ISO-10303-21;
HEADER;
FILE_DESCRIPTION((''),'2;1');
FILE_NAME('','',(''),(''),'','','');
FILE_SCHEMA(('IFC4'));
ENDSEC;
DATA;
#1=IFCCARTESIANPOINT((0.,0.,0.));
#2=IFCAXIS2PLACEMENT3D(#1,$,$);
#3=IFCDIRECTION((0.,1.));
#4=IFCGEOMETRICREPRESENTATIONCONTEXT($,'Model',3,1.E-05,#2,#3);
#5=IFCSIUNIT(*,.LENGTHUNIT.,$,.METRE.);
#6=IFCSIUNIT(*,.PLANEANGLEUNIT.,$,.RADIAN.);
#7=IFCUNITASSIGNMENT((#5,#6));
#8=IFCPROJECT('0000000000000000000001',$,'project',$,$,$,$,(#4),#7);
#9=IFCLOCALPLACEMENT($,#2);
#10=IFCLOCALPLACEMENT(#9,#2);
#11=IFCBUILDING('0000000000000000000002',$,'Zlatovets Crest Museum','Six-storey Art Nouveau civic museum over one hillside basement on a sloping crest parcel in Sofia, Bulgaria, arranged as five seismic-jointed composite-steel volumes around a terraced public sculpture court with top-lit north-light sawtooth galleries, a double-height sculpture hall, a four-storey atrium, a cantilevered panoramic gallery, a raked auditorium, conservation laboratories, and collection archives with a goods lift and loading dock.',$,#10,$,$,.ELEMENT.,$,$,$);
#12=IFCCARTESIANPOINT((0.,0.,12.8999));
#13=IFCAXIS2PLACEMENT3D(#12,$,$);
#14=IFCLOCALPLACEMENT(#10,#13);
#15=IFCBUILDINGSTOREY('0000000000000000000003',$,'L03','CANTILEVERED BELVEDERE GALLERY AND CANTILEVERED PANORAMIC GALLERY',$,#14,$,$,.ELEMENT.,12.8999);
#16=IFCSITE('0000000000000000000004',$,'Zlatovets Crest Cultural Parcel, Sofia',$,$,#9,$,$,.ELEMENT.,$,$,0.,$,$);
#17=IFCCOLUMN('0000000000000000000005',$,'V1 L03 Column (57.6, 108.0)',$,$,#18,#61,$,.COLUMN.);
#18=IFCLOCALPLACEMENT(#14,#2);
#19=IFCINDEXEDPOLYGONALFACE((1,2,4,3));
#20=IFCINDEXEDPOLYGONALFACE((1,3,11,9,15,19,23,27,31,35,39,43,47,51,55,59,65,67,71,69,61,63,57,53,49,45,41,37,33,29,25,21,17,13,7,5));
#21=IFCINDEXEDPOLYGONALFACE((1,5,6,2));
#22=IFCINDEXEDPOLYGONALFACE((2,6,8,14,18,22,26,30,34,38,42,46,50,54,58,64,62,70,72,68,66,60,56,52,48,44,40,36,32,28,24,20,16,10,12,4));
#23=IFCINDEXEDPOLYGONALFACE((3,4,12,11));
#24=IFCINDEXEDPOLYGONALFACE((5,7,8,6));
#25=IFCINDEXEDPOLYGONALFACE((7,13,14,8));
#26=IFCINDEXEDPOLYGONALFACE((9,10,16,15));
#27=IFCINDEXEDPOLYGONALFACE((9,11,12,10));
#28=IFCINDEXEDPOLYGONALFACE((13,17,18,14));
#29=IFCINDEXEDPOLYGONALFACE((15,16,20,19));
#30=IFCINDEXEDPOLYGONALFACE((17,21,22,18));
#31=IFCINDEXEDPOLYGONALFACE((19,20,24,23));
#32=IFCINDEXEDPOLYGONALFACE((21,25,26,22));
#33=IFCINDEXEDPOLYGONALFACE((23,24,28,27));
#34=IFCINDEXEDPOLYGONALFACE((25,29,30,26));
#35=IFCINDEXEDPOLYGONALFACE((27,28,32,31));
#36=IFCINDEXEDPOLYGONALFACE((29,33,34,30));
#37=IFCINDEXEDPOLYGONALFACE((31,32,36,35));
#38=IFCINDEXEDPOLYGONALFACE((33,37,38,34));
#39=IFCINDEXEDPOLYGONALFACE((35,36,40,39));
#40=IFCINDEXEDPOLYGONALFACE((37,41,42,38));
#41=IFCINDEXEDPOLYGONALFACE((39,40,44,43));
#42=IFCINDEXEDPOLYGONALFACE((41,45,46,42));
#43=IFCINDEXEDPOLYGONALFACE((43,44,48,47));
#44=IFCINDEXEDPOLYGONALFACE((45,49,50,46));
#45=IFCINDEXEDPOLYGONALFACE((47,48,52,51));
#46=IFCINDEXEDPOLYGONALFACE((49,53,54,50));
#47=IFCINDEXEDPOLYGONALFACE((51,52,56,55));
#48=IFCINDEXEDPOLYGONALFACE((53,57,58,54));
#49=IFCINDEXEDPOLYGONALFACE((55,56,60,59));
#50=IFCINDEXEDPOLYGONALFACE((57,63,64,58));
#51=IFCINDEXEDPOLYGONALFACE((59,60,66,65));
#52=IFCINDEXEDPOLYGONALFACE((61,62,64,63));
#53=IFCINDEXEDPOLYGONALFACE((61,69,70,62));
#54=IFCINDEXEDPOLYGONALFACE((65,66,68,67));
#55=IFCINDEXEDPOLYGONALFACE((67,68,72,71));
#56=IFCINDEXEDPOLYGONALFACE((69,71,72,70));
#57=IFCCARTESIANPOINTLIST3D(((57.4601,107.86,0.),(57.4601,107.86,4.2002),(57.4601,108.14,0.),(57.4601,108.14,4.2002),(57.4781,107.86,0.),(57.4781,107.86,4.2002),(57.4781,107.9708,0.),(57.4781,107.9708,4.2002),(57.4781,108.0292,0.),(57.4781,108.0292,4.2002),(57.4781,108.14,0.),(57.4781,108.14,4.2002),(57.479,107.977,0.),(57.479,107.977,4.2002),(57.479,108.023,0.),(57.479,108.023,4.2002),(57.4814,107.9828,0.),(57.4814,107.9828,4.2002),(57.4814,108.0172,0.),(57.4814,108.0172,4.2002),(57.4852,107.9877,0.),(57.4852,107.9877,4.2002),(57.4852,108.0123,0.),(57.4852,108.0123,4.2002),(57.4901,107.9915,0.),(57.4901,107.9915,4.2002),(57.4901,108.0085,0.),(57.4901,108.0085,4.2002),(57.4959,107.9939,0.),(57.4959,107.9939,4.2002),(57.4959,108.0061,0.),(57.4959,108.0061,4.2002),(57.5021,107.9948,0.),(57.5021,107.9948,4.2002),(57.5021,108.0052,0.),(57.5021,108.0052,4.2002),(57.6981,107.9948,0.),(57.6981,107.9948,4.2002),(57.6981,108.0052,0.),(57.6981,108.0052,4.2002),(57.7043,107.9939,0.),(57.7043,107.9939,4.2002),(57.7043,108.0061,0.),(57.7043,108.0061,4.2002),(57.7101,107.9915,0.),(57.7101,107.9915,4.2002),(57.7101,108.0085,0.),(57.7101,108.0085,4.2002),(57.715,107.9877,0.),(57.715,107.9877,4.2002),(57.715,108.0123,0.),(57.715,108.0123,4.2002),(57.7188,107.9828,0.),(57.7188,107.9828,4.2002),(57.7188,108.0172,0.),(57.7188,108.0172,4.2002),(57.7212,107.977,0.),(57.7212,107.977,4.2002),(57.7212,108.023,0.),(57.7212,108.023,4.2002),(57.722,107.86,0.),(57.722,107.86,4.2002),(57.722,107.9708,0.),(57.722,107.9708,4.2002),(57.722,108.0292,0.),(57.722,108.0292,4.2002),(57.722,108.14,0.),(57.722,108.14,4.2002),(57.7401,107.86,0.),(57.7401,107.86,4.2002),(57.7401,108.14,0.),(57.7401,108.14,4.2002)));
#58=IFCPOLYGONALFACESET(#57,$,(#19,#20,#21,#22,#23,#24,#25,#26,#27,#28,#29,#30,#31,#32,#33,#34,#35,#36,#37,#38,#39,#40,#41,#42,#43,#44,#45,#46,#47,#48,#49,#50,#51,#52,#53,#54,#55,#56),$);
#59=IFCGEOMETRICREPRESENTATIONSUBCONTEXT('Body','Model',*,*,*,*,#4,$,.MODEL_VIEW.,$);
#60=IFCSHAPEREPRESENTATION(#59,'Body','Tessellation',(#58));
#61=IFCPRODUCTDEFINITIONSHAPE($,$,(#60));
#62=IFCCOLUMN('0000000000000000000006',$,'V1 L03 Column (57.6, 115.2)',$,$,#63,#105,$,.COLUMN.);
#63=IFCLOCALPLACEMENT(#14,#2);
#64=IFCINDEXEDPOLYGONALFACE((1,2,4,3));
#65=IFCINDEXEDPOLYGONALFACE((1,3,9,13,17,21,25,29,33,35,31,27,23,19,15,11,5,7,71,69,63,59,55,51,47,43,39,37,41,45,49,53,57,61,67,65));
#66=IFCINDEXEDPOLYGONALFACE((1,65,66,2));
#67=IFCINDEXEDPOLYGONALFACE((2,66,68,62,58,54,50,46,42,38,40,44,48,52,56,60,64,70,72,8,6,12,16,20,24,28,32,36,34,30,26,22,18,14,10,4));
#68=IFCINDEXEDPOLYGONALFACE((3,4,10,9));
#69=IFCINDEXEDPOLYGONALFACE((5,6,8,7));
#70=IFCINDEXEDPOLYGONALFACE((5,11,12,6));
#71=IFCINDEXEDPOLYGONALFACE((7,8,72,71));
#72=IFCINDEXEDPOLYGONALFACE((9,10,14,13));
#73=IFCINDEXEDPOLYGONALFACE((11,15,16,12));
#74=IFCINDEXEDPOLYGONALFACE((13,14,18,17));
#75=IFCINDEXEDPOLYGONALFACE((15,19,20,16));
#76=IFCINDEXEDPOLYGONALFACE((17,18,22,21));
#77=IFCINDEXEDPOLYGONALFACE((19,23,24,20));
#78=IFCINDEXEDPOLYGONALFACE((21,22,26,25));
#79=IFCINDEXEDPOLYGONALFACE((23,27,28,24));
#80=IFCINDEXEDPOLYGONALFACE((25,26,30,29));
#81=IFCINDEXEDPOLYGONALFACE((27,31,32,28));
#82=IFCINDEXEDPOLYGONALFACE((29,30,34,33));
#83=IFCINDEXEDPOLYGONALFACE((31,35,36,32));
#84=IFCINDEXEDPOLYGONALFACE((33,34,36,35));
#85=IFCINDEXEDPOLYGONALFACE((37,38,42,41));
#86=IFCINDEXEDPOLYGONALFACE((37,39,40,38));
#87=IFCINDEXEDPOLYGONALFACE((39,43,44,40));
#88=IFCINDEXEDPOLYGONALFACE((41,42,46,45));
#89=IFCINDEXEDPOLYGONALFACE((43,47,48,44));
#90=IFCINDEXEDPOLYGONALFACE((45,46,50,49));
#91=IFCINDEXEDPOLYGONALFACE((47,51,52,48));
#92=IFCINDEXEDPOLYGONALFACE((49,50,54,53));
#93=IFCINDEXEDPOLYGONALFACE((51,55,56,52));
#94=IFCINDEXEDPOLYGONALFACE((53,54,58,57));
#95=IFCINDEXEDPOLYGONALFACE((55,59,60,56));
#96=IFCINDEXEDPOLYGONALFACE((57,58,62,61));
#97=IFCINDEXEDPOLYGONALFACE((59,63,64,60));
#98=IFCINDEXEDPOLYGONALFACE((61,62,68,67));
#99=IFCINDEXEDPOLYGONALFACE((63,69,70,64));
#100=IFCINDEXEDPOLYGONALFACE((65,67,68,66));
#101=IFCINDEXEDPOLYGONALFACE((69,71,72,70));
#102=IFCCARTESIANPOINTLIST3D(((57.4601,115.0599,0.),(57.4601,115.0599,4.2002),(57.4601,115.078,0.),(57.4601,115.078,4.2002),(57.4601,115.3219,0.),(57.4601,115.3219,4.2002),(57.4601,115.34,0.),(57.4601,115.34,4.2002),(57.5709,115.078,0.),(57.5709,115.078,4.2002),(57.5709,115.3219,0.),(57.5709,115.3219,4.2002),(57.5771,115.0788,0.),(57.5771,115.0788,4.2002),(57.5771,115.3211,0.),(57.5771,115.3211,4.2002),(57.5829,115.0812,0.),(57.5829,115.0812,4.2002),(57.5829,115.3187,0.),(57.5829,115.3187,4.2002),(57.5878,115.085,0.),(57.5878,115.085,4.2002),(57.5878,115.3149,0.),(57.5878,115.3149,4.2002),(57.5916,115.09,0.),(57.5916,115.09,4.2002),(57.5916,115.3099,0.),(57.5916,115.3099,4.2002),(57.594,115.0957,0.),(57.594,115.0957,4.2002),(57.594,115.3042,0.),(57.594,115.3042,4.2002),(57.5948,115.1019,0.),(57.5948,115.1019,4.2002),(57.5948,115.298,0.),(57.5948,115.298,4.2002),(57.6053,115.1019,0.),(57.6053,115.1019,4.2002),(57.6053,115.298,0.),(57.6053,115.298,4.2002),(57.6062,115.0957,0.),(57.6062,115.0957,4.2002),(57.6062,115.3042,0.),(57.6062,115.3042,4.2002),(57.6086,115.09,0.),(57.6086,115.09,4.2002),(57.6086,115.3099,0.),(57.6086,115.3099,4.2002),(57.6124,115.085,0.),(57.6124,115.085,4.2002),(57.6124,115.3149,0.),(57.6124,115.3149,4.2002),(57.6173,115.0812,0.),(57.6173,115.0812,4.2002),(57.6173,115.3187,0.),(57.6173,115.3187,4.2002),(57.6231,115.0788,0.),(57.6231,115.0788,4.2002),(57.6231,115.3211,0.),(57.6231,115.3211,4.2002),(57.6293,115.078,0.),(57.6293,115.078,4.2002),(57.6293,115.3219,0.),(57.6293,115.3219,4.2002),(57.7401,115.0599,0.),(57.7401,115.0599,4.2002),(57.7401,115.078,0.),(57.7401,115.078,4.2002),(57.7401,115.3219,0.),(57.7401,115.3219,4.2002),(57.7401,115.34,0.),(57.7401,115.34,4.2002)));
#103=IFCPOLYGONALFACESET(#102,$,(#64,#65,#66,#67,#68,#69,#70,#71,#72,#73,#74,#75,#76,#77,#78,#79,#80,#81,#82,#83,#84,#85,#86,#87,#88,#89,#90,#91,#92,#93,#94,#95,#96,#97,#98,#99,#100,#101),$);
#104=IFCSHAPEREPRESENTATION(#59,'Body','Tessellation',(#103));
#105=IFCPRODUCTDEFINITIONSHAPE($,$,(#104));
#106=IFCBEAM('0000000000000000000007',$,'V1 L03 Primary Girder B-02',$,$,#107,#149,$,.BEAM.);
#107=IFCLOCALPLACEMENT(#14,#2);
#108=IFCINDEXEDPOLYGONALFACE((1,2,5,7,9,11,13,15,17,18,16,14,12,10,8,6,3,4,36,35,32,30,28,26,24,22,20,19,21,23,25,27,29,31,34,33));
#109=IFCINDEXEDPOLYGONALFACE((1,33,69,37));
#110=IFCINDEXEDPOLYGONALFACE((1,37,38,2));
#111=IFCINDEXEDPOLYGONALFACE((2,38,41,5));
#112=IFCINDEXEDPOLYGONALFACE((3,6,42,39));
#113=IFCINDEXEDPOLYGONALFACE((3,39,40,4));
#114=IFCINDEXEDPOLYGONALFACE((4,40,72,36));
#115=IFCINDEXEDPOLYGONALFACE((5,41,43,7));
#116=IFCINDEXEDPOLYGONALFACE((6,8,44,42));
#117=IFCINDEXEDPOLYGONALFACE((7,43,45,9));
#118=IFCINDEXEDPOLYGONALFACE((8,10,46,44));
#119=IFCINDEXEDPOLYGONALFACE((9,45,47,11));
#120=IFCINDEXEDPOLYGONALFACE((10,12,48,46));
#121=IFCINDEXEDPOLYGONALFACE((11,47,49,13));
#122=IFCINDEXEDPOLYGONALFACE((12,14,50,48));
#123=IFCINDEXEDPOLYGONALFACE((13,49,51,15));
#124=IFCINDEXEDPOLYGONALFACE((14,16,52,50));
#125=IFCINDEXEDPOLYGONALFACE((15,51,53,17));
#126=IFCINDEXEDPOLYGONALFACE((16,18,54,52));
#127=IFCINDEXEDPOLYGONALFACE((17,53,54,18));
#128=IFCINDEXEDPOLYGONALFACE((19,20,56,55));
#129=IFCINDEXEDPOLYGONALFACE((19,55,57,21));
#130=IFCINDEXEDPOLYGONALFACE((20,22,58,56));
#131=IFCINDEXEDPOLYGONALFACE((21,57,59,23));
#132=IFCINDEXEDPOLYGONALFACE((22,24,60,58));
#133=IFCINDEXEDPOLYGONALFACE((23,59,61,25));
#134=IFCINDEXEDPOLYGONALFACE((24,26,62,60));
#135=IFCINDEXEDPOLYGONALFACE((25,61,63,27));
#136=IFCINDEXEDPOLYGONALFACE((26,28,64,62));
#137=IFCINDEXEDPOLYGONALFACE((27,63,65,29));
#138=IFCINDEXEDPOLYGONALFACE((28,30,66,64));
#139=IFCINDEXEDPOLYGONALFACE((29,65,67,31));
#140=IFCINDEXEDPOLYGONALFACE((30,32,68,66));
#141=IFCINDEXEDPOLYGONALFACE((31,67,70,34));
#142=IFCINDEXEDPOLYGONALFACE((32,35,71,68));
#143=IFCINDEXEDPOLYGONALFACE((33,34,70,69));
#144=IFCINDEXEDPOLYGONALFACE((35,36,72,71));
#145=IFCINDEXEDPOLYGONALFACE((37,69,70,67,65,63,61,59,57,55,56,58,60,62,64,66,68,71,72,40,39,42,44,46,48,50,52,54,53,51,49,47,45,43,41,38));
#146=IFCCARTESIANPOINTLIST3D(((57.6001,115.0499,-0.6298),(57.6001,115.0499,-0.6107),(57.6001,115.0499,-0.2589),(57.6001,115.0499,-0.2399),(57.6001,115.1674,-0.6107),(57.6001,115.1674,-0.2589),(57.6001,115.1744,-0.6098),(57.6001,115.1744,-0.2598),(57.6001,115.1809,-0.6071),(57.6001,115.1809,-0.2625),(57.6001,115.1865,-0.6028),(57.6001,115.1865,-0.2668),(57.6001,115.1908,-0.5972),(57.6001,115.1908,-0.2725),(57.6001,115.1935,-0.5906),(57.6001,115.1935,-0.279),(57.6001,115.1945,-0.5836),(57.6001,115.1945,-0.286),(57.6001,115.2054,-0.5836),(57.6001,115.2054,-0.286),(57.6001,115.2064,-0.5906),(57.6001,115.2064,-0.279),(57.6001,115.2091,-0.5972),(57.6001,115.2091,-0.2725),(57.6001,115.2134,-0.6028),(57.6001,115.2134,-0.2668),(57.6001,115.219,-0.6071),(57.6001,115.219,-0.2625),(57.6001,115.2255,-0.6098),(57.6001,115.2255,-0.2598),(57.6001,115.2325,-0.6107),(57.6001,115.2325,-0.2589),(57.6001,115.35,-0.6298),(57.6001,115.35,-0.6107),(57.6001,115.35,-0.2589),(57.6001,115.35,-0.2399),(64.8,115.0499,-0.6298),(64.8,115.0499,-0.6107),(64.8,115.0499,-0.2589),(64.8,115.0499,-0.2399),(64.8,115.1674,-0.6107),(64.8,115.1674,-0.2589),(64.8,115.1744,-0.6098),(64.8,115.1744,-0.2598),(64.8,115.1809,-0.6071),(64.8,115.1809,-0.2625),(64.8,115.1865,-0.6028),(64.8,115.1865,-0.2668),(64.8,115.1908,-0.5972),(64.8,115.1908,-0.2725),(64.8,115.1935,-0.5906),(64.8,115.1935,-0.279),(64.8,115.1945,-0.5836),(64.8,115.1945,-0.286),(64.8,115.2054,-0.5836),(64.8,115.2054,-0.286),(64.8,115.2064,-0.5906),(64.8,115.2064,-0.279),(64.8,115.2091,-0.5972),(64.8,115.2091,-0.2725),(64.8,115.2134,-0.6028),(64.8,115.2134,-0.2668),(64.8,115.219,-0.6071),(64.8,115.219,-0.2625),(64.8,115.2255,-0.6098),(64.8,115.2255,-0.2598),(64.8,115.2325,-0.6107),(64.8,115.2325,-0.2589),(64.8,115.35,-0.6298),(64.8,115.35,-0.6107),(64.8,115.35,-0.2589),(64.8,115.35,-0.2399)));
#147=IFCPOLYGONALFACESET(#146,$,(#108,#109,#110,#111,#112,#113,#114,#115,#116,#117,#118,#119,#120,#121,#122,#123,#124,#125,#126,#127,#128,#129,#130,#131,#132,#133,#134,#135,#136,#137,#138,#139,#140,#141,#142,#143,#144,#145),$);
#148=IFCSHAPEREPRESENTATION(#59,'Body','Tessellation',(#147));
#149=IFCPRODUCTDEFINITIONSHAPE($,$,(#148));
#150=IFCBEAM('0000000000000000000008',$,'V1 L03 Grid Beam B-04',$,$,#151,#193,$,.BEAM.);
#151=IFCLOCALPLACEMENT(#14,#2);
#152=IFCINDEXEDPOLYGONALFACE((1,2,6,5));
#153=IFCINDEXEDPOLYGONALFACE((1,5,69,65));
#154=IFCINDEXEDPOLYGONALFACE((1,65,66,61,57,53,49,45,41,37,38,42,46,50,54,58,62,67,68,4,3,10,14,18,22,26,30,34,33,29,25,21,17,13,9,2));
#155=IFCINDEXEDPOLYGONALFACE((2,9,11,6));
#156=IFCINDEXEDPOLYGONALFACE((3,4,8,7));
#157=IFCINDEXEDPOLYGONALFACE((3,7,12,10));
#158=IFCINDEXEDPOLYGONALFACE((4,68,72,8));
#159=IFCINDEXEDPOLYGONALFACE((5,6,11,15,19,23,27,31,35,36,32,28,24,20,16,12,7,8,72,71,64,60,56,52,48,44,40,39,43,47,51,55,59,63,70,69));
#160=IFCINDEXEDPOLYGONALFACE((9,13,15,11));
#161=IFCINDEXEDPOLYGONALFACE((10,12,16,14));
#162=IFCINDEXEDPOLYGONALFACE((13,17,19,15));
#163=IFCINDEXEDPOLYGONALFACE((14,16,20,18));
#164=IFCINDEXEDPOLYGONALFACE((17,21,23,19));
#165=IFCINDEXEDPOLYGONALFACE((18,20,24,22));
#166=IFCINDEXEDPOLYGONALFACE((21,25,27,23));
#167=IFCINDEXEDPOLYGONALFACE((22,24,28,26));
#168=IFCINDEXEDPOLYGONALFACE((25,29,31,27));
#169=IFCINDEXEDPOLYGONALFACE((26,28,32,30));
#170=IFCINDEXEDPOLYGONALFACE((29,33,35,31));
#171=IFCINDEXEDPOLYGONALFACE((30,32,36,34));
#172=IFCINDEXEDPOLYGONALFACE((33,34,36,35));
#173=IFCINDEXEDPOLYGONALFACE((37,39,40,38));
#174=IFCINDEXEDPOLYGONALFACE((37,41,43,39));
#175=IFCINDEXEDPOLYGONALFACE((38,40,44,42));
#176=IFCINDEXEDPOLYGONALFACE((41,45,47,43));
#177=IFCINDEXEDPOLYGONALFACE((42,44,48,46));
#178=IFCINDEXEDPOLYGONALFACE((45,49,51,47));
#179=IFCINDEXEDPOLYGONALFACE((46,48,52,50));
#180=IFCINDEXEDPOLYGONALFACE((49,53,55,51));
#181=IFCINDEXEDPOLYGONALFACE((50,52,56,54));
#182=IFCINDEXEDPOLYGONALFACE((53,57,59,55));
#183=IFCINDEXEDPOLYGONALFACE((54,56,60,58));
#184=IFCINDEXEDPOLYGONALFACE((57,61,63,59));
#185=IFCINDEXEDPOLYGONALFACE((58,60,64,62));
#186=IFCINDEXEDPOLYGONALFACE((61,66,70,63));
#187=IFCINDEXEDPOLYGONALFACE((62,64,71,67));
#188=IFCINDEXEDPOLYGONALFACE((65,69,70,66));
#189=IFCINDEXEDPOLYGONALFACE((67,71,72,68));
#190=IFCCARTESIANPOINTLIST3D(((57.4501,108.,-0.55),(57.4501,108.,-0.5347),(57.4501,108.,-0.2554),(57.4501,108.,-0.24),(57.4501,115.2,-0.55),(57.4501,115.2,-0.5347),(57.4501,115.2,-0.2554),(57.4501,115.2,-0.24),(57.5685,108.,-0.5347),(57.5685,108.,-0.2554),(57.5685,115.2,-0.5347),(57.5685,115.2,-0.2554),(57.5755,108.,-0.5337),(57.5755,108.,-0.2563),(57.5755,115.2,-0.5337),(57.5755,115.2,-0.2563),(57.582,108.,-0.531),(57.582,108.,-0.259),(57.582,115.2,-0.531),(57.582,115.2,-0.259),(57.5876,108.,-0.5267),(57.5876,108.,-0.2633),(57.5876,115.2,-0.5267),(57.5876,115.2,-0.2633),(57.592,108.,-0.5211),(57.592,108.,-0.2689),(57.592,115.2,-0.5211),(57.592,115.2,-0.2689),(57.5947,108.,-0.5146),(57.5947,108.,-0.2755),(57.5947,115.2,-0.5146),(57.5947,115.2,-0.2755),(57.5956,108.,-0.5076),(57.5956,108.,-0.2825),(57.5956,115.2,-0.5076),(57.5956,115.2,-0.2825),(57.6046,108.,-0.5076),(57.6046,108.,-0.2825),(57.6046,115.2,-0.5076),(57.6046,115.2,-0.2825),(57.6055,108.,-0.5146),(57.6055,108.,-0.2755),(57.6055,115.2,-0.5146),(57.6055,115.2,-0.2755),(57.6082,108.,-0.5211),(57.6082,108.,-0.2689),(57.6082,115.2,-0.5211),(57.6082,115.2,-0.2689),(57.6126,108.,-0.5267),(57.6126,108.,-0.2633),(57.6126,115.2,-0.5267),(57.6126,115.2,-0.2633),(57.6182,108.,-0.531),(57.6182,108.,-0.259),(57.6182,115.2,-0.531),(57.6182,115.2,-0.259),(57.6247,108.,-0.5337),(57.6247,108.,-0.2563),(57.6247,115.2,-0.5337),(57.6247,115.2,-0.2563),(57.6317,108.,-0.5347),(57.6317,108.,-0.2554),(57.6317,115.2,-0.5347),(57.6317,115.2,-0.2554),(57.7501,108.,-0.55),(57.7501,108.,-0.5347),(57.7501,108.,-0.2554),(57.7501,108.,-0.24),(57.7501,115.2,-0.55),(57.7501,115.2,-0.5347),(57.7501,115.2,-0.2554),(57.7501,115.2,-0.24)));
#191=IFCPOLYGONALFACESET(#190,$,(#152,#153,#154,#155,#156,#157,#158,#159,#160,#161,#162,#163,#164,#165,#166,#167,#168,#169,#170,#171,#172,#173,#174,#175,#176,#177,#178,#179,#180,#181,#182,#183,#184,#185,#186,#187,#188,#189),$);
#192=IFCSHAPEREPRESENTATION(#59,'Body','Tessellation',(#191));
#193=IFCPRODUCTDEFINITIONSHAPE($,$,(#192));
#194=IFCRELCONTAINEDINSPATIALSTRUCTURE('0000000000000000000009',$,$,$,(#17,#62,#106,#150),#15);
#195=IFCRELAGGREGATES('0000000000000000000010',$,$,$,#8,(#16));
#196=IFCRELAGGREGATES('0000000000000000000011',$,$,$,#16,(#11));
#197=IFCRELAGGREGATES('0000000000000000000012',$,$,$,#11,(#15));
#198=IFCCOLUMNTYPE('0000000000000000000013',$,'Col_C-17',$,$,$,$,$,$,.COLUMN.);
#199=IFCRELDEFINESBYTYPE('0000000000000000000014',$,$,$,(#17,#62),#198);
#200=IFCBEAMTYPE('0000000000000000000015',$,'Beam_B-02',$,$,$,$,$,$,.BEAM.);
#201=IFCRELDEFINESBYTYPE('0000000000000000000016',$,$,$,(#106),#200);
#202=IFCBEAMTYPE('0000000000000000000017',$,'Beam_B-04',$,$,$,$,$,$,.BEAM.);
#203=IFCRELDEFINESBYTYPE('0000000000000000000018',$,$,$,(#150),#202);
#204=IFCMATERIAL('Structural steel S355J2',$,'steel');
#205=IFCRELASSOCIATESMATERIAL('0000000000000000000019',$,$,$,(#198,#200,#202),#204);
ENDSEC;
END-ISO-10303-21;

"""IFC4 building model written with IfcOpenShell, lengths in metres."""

from ifc_helpers import new_model, si_unit, direction, frame, origin, origin_2d, place, context, subcontext, project, spatial, i_section, extrude, material, material_profile, profile_set, type_object, element, save


model = new_model("IFC4")

# Units and contexts
model_context = context("Model", 3, precision=1e-05, world=origin(), true_north=direction((0.0, 1.0)))
body_context = subcontext(model_context, "Body", "Model", "MODEL_VIEW")
ifc_project = project(units=[si_unit("LENGTHUNIT", "METRE"), si_unit("PLANEANGLEUNIT", "RADIAN")], contexts=[model_context])

# Site, building, storey
site_placement = place(None, origin())
site = spatial("IfcSite", under=ifc_project, at=site_placement, Name="Zlatovets Crest Cultural Parcel, Sofia", CompositionType="ELEMENT", RefElevation=0.0)
building_placement = place(site_placement, origin())
building = spatial("IfcBuilding", under=site, at=building_placement, Name="Zlatovets Crest Museum", Description="Six-storey Art Nouveau civic museum over one hillside basement on a sloping crest parcel in Sofia, Bulgaria, arranged as five seismic-jointed composite-steel volumes around a terraced public sculpture court with top-lit north-light sawtooth galleries, a double-height sculpture hall, a four-storey atrium, a cantilevered panoramic gallery, a raked auditorium, conservation laboratories, and collection archives with a goods lift and loading dock.", CompositionType="ELEMENT")
storey_placement = place(building_placement, frame((0.0, 0.0, 12.8999)))
storey = spatial("IfcBuildingStorey", under=building, at=storey_placement, Name="L03", Description="CANTILEVERED BELVEDERE GALLERY AND CANTILEVERED PANORAMIC GALLERY", CompositionType="ELEMENT", Elevation=12.8999)

# Columns
ifc_material_1 = material(Name="Structural steel S355J2", Category="steel")
ifc_material_profile_1 = material_profile(ifc_material_1, i_section(OverallWidth=0.28, OverallDepth=0.28, WebThickness=0.0105, FlangeThickness=0.0181, FilletRadius=0.0239, at=origin_2d()), Name="HEB 280")
ifc_profile_set_1 = profile_set([ifc_material_profile_1], Name="Structural steel S355J2")
column_type = type_object("IfcColumnType", Name="Col_C-17", PredefinedType="COLUMN", material=ifc_profile_set_1)
for number, where, z_axis, x_axis, name in (
    (1, (57.6001, 108.0, 0.0), (0.0, 0.0, 1.0), (0.0, 1.0, 0.0), "V1 L03 Column (57.6, 108.0)"),
    (2, (57.6001, 115.2, 0.0), (0.0, 0.0, 1.0), (1.0, 0.0, 0.0), "V1 L03 Column (57.6, 115.2)"),
):
    element("IfcColumn", number, at=place(storey_placement, frame(where, z_axis=z_axis, x_axis=x_axis)), inside=storey, type_object=column_type, Name=name, PredefinedType="COLUMN", context=body_context, shape_type="SweptSolid", body=[
        extrude(i_section(OverallWidth=0.28, OverallDepth=0.28, WebThickness=0.0105, FlangeThickness=0.0181, FilletRadius=0.0239, at=origin_2d()), origin(), (0.0, 0.0, 1.0), 4.2002),
    ])

# Beams
ifc_material_profile_2 = material_profile(ifc_material_1, i_section(OverallWidth=0.3, OverallDepth=0.3899, WebThickness=0.011, FlangeThickness=0.019, FilletRadius=0.0271, at=origin_2d()), Name="HEA 400")
ifc_profile_set_2 = profile_set([ifc_material_profile_2], Name="Structural steel S355J2")
beam_type_1 = type_object("IfcBeamType", Name="Beam_B-02", PredefinedType="BEAM", material=ifc_profile_set_2)
beam_1_placement = place(storey_placement, frame((57.6001, 115.2, -0.4348), z_axis=(1.0, 0.0, 0.0), x_axis=(0.0, 1.0, 0.0)))
element("IfcBeam", 3, at=beam_1_placement, inside=storey, type_object=beam_type_1, Name="V1 L03 Primary Girder B-02", PredefinedType="BEAM", context=body_context, shape_type="SweptSolid", body=[
    extrude(i_section(OverallWidth=0.3, OverallDepth=0.3899, WebThickness=0.011, FlangeThickness=0.019, FilletRadius=0.0271, at=origin_2d()), origin(), (0.0, 0.0, 1.0), 7.2),
])
ifc_material_profile_3 = material_profile(ifc_material_1, i_section(OverallWidth=0.3, OverallDepth=0.3101, WebThickness=0.009, FlangeThickness=0.0154, FilletRadius=0.0271, at=origin_2d()), Name="HEA 320")
ifc_profile_set_3 = profile_set([ifc_material_profile_3], Name="Structural steel S355J2")
beam_type_2 = type_object("IfcBeamType", Name="Beam_B-04", PredefinedType="BEAM", material=ifc_profile_set_3)
beam_2_placement = place(storey_placement, frame((57.6001, 108.0, -0.395), z_axis=(0.0, 1.0, 0.0), x_axis=(-1.0, 0.0, 0.0)))
element("IfcBeam", 4, at=beam_2_placement, inside=storey, type_object=beam_type_2, Name="V1 L03 Grid Beam B-04", PredefinedType="BEAM", context=body_context, shape_type="SweptSolid", body=[
    extrude(i_section(OverallWidth=0.3, OverallDepth=0.3101, WebThickness=0.009, FlangeThickness=0.0154, FilletRadius=0.0271, at=origin_2d()), origin(), (0.0, 0.0, 1.0), 7.2),
])

save(model, "model.ifc")
